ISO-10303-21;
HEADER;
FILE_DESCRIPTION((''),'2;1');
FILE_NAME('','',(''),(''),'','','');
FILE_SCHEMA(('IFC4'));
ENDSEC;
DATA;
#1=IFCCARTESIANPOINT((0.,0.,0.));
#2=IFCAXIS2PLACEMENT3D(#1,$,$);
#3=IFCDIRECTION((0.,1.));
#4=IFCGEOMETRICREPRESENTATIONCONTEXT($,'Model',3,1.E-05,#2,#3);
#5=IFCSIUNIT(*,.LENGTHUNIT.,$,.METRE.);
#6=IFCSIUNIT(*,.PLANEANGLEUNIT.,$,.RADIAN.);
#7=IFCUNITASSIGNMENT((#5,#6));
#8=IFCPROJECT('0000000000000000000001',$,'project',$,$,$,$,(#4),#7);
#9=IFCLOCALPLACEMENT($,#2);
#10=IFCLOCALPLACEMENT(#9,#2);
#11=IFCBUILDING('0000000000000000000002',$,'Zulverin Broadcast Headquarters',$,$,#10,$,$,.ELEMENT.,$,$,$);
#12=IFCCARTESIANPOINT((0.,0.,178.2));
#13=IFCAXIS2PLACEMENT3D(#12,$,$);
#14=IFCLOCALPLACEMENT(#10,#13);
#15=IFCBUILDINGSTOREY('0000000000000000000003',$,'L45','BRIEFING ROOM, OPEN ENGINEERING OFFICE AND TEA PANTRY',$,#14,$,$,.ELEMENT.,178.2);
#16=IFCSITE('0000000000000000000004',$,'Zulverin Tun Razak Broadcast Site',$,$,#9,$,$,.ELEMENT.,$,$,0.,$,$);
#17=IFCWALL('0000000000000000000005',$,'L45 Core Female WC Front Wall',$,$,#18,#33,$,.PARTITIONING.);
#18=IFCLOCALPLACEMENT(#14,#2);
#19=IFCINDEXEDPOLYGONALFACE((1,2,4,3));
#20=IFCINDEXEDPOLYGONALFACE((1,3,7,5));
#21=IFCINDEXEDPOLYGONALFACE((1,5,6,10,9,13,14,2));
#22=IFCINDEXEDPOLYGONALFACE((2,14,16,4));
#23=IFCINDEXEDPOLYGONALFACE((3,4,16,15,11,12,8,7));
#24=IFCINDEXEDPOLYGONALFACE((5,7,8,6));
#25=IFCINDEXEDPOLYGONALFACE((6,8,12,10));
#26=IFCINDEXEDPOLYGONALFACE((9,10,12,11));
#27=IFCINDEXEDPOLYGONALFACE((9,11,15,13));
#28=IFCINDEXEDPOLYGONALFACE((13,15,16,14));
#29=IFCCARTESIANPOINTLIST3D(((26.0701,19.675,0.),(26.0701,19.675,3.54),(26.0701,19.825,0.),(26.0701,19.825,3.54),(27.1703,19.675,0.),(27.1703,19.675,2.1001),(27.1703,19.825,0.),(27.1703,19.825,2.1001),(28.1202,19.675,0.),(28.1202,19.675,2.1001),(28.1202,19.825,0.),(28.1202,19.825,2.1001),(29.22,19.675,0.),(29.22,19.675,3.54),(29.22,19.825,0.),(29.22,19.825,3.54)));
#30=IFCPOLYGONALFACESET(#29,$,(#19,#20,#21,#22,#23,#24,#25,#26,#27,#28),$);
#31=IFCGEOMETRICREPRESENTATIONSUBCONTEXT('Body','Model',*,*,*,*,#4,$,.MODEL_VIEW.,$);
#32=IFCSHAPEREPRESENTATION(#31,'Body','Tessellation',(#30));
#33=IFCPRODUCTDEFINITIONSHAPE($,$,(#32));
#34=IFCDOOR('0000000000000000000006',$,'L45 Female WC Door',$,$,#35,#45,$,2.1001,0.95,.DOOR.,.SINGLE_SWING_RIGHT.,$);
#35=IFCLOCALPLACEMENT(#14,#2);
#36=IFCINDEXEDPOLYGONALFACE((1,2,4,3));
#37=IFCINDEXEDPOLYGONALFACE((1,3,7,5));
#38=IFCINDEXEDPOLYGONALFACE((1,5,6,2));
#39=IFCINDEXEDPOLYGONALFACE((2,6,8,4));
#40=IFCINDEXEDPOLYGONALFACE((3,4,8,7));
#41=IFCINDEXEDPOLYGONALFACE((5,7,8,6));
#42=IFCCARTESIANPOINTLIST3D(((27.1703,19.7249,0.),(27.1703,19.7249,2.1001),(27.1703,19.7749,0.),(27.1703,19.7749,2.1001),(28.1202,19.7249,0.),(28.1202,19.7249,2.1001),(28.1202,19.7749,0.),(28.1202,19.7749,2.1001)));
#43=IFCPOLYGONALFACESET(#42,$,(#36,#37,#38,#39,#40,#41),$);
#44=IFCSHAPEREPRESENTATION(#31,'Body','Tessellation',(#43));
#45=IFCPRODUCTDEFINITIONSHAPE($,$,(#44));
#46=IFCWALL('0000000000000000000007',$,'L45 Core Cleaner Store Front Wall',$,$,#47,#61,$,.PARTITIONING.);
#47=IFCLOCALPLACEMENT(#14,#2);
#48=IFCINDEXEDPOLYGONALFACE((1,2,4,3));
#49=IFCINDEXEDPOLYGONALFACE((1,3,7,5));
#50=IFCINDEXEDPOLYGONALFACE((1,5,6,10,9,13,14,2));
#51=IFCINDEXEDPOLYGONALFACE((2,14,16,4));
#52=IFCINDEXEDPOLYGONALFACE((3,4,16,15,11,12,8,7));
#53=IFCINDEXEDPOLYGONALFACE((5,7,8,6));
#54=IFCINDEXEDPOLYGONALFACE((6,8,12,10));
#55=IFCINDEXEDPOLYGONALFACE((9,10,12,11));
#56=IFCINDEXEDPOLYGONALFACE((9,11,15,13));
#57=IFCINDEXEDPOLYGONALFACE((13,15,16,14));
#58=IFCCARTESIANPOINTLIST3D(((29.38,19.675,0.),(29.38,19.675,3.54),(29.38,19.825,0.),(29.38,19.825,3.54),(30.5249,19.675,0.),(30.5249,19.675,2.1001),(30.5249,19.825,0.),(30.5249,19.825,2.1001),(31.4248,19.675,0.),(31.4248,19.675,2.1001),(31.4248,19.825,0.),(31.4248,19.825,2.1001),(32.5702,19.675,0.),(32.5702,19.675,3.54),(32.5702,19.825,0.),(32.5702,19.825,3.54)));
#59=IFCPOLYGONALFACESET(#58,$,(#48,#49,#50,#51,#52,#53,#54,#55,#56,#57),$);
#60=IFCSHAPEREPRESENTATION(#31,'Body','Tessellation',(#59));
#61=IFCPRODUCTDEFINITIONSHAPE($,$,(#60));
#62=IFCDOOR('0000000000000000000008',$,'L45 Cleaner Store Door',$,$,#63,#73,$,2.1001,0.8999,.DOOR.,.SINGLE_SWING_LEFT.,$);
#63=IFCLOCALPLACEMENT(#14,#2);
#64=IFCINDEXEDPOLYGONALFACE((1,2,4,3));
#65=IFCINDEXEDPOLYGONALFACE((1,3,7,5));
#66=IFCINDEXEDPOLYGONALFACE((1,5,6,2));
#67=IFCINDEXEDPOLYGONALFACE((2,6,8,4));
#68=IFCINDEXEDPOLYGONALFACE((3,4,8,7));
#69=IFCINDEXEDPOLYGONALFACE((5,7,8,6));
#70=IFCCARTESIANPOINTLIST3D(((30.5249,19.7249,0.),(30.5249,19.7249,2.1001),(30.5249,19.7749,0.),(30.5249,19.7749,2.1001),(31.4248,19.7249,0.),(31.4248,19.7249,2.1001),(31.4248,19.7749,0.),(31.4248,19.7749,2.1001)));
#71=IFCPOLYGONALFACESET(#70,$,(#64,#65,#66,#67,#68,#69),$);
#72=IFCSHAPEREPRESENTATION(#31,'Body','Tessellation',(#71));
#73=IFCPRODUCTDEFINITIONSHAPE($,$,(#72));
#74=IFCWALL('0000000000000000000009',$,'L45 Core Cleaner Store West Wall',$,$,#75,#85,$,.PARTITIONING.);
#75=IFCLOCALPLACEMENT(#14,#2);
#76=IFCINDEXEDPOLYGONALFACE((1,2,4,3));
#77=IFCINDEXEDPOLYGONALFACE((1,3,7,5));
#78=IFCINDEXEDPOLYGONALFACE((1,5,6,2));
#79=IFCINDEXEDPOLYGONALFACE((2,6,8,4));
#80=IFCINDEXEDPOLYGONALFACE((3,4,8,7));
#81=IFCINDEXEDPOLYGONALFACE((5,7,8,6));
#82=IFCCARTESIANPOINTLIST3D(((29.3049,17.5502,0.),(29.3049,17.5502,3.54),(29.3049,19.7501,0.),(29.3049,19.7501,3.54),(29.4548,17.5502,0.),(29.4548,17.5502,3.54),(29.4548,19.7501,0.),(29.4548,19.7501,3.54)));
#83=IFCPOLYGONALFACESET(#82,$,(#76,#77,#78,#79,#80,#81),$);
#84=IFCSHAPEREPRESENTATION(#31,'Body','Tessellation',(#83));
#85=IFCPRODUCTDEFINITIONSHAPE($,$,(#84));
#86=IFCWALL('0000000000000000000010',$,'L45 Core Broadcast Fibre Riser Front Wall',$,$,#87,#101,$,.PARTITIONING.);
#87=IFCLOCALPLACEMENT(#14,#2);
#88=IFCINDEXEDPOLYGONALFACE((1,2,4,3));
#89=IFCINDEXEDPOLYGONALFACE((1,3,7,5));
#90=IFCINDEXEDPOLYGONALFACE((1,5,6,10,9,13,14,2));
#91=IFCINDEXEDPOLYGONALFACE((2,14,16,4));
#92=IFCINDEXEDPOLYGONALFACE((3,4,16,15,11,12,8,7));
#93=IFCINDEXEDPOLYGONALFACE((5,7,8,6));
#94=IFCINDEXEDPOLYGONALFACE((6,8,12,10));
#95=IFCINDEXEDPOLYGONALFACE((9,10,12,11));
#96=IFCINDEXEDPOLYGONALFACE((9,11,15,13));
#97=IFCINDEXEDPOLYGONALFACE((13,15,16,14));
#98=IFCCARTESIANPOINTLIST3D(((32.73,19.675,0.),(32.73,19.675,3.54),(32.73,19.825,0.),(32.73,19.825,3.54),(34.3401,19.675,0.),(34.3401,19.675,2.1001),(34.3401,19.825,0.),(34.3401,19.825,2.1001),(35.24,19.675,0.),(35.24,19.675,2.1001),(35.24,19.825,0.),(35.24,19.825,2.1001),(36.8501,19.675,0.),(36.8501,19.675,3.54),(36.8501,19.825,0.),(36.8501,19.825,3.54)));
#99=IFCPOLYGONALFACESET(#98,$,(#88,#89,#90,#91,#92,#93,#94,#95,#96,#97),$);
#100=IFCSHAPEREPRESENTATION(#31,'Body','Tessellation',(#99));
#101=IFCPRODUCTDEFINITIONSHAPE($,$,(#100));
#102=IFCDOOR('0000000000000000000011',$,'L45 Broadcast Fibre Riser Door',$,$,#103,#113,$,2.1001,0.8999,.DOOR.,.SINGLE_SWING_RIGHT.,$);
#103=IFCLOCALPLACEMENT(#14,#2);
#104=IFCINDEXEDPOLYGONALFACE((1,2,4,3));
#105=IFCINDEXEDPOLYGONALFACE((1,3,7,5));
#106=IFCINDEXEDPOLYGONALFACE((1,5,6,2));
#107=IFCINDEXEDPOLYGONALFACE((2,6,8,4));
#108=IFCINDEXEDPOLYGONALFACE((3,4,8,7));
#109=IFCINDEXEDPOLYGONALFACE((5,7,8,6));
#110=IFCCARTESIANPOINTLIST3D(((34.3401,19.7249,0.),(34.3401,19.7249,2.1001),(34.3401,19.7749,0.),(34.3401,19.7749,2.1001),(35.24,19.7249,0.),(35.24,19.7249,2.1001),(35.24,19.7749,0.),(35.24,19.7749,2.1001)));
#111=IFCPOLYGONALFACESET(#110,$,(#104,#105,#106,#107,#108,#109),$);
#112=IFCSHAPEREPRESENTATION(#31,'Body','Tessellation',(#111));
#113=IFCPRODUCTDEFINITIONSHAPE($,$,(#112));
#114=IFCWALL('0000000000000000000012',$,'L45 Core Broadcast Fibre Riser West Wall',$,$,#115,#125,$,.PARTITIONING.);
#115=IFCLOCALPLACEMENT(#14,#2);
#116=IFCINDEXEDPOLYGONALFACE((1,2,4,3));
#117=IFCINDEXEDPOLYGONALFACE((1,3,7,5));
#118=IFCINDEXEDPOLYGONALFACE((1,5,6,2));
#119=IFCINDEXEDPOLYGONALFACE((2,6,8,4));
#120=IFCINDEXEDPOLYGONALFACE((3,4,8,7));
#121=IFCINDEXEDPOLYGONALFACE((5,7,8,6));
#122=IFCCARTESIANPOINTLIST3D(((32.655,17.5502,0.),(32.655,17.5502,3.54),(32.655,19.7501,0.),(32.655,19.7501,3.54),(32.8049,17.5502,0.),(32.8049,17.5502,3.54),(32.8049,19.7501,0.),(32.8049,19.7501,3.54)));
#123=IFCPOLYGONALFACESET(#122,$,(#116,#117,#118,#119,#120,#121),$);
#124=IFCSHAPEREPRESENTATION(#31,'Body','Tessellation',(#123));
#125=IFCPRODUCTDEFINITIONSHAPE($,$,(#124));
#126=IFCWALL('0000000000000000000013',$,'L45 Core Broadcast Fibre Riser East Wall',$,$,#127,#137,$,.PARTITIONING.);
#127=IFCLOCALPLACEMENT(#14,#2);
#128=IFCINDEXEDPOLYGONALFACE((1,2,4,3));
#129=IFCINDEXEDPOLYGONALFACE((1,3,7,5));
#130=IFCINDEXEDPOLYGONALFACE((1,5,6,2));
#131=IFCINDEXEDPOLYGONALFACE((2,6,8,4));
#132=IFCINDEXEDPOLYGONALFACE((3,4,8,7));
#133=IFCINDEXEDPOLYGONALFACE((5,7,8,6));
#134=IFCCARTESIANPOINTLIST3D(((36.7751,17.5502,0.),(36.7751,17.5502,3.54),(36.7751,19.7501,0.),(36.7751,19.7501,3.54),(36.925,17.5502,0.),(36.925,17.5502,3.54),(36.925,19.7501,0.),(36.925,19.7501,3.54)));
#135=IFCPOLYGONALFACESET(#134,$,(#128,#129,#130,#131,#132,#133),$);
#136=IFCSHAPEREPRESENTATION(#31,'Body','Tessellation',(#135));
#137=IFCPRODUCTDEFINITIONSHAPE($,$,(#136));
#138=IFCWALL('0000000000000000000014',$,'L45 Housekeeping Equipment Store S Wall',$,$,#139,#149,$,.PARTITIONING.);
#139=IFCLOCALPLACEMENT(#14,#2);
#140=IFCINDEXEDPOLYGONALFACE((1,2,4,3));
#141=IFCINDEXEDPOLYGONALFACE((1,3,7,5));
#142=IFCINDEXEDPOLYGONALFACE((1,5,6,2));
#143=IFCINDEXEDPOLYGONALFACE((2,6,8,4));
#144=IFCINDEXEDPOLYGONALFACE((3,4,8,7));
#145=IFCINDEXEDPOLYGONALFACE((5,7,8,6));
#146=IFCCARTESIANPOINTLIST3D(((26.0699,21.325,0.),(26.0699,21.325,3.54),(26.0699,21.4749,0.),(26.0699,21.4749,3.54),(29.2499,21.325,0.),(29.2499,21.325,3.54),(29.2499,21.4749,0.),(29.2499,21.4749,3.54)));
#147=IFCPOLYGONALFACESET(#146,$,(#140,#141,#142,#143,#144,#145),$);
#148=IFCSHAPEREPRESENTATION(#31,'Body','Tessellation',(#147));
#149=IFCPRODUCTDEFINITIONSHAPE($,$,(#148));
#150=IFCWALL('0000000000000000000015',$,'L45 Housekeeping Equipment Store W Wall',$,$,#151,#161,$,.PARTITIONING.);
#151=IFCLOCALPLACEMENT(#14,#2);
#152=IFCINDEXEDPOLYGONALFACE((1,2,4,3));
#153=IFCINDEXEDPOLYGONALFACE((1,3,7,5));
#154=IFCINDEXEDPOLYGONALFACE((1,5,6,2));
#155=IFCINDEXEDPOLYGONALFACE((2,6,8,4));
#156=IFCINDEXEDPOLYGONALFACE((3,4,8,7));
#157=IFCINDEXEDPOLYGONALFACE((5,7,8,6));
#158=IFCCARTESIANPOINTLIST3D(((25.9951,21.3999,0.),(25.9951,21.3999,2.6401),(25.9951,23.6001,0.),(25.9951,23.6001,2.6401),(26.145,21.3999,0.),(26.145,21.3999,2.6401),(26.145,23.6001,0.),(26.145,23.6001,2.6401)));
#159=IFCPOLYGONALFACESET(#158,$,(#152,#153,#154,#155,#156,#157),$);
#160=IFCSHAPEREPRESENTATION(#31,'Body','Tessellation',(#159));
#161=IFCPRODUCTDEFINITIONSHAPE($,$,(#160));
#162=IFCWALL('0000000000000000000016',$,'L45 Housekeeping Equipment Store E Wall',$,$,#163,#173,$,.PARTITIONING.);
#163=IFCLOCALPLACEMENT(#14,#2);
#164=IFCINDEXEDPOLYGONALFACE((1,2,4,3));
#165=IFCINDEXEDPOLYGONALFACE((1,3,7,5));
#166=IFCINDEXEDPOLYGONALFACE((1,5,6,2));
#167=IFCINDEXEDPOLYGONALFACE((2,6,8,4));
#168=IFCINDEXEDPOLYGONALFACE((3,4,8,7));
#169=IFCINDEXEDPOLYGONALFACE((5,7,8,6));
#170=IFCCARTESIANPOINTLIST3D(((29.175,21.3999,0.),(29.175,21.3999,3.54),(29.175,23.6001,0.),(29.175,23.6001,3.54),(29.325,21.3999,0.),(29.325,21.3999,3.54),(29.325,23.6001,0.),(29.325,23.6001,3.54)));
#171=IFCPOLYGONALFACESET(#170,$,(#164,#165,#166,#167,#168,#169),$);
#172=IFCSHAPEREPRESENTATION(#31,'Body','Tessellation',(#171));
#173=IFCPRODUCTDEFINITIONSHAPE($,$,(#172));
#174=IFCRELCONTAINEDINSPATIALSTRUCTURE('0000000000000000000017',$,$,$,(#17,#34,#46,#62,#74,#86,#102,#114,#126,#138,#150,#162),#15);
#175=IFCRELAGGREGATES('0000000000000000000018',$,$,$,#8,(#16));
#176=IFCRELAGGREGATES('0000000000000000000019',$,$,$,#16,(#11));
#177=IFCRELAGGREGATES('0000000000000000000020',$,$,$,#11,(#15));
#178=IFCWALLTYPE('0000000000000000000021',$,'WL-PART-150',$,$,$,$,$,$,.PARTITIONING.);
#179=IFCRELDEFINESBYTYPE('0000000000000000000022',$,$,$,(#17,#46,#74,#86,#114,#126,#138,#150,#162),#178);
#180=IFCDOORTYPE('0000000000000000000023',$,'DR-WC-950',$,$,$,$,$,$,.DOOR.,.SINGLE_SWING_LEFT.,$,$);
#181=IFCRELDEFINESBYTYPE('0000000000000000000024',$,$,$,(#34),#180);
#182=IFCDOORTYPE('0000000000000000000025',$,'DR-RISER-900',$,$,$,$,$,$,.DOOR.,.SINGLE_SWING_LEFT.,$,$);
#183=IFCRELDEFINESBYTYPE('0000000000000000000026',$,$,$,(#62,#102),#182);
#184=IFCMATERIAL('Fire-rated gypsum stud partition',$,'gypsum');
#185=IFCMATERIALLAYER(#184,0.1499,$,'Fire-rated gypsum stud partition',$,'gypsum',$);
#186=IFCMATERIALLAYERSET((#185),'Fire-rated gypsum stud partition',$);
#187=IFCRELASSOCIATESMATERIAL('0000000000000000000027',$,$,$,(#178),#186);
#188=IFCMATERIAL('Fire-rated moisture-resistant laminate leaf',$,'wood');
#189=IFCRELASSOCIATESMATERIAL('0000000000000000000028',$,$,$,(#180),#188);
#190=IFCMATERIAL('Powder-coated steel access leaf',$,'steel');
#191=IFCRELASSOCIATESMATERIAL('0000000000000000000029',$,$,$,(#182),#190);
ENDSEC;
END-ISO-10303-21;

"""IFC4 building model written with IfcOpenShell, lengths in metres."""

from ifc_helpers import new_model, si_unit, direction, frame, frame_2d, origin, place, context, subcontext, project, spatial, rectangle, extrude, material, layer, layer_set, type_object, element, fill, save


model = new_model("IFC4")

# Units and contexts
model_context = context("Model", 3, precision=1e-05, world=origin(), true_north=direction((0.0, 1.0)))
body_context = subcontext(model_context, "Body", "Model", "MODEL_VIEW")
ifc_project = project(units=[si_unit("LENGTHUNIT", "METRE"), si_unit("PLANEANGLEUNIT", "RADIAN")], contexts=[model_context])

# Site, building, storey
site_placement = place(None, origin())
site = spatial("IfcSite", under=ifc_project, at=site_placement, Name="Zulverin Tun Razak Broadcast Site", CompositionType="ELEMENT", RefElevation=0.0)
building_placement = place(site_placement, origin())
building = spatial("IfcBuilding", under=site, at=building_placement, Name="Zulverin Broadcast Headquarters", CompositionType="ELEMENT")
storey_placement = place(building_placement, frame((0.0, 0.0, 178.2)))
storey = spatial("IfcBuildingStorey", under=building, at=storey_placement, Name="L45", Description="BRIEFING ROOM, OPEN ENGINEERING OFFICE AND TEA PANTRY", CompositionType="ELEMENT", Elevation=178.2)

# Walls, openings, doors
ifc_material_1 = material(Name="Fire-rated gypsum stud partition", Category="gypsum")
ifc_layer_1 = layer(ifc_material_1, 0.1499, Name="Fire-rated gypsum stud partition", Category="gypsum")
ifc_layer_set_1 = layer_set([ifc_layer_1], Name="Fire-rated gypsum stud partition")
wall_type_1 = type_object("IfcWallType", Name="WL-PART-150", PredefinedType="PARTITIONING", material=ifc_layer_set_1)
wall_1_placement = place(storey_placement, frame((26.0701, 19.75, 0.0), z_axis=(0.0, 0.0, 1.0), x_axis=(1.0, 0.0, 0.0)))
wall_1 = element("IfcWall", 1, at=wall_1_placement, inside=storey, type_object=wall_type_1, Name="L45 Core Female WC Front Wall", PredefinedType="PARTITIONING", context=body_context, shape_type="SweptSolid", body=[
    extrude(rectangle(XDim=3.1499, YDim=0.1499, at=frame_2d((1.575, 0.0))), origin(), (0.0, 0.0, 1.0), 3.54),
])
opening_1_placement = place(wall_1_placement, frame((1.1001, 0.0, 0.0)))
opening_1 = element("IfcOpeningElement", 2, at=opening_1_placement, cuts=wall_1, PredefinedType="OPENING", context=body_context, shape_type="SweptSolid", body=[
    extrude(rectangle(XDim=0.95, YDim=2.1001, at=frame_2d((0.4751, 1.05))), frame((0.0, 0.085, 0.0), z_axis=(0.0, -1.0, 0.0), x_axis=(1.0, 0.0, 0.0)), (0.0, 0.0, 1.0), 0.1699),
])
ifc_material_2 = material(Name="Fire-rated moisture-resistant laminate leaf", Category="wood")
door_type_1 = type_object("IfcDoorType", Name="DR-WC-950", OperationType="SINGLE_SWING_LEFT", PredefinedType="DOOR", material=ifc_material_2)
door_1_placement = place(opening_1_placement, origin())
door_1 = element("IfcDoor", 3, at=door_1_placement, inside=storey, type_object=door_type_1, Name="L45 Female WC Door", OperationType="SINGLE_SWING_RIGHT", OverallHeight=2.1001, OverallWidth=0.95, PredefinedType="DOOR", context=body_context, shape_type="SweptSolid", body=[
    extrude(rectangle(XDim=0.95, YDim=2.1001, at=frame_2d((0.4751, 1.05))), frame((0.0, 0.0249, 0.0), z_axis=(0.0, -1.0, 0.0), x_axis=(1.0, 0.0, 0.0)), (0.0, 0.0, 1.0), 0.05),
])
fill(opening_1, door_1)
wall_2_placement = place(storey_placement, frame((29.3799, 19.75, 0.0), z_axis=(0.0, 0.0, 1.0), x_axis=(1.0, 0.0, 0.0)))
wall_2 = element("IfcWall", 4, at=wall_2_placement, inside=storey, type_object=wall_type_1, Name="L45 Core Cleaner Store Front Wall", PredefinedType="PARTITIONING", context=body_context, shape_type="SweptSolid", body=[
    extrude(rectangle(XDim=3.1902, YDim=0.1499, at=frame_2d((1.5952, 0.0))), origin(), (0.0, 0.0, 1.0), 3.54),
])
opening_2_placement = place(wall_2_placement, frame((1.145, 0.0, 0.0)))
opening_2 = element("IfcOpeningElement", 5, at=opening_2_placement, cuts=wall_2, PredefinedType="OPENING", context=body_context, shape_type="SweptSolid", body=[
    extrude(rectangle(XDim=0.8999, YDim=2.1001, at=frame_2d((0.45, 1.05))), frame((0.0, 0.085, 0.0), z_axis=(0.0, -1.0, 0.0), x_axis=(1.0, 0.0, 0.0)), (0.0, 0.0, 1.0), 0.1699),
])
ifc_material_3 = material(Name="Powder-coated steel access leaf", Category="steel")
door_type_2 = type_object("IfcDoorType", Name="DR-RISER-900", OperationType="SINGLE_SWING_LEFT", PredefinedType="DOOR", material=ifc_material_3)
door_2_placement = place(opening_2_placement, origin())
door_2 = element("IfcDoor", 6, at=door_2_placement, inside=storey, type_object=door_type_2, Name="L45 Cleaner Store Door", OperationType="SINGLE_SWING_LEFT", OverallHeight=2.1001, OverallWidth=0.8999, PredefinedType="DOOR", context=body_context, shape_type="SweptSolid", body=[
    extrude(rectangle(XDim=0.8999, YDim=2.1001, at=frame_2d((0.45, 1.05))), frame((0.0, 0.0249, 0.0), z_axis=(0.0, -1.0, 0.0), x_axis=(1.0, 0.0, 0.0)), (0.0, 0.0, 1.0), 0.05),
])
fill(opening_2, door_2)

# Wall
wall_3_placement = place(storey_placement, frame((29.3799, 17.55, 0.0), z_axis=(0.0, 0.0, 1.0), x_axis=(0.0, 1.0, 0.0)))
element("IfcWall", 7, at=wall_3_placement, inside=storey, type_object=wall_type_1, Name="L45 Core Cleaner Store West Wall", PredefinedType="PARTITIONING", context=body_context, shape_type="SweptSolid", body=[
    extrude(rectangle(XDim=2.2, YDim=0.1499, at=frame_2d((1.1001, 0.0))), origin(), (0.0, 0.0, 1.0), 3.54),
])

# Wall, opening, door
wall_4_placement = place(storey_placement, frame((32.73, 19.75, 0.0), z_axis=(0.0, 0.0, 1.0), x_axis=(1.0, 0.0, 0.0)))
wall_4 = element("IfcWall", 8, at=wall_4_placement, inside=storey, type_object=wall_type_1, Name="L45 Core Broadcast Fibre Riser Front Wall", PredefinedType="PARTITIONING", context=body_context, shape_type="SweptSolid", body=[
    extrude(rectangle(XDim=4.1201, YDim=0.1499, at=frame_2d((2.0601, 0.0))), origin(), (0.0, 0.0, 1.0), 3.54),
])
opening_3_placement = place(wall_4_placement, frame((1.6101, 0.0, 0.0)))
opening_3 = element("IfcOpeningElement", 9, at=opening_3_placement, cuts=wall_4, PredefinedType="OPENING", context=body_context, shape_type="SweptSolid", body=[
    extrude(rectangle(XDim=0.8999, YDim=2.1001, at=frame_2d((0.45, 1.05))), frame((0.0, 0.085, 0.0), z_axis=(0.0, -1.0, 0.0), x_axis=(1.0, 0.0, 0.0)), (0.0, 0.0, 1.0), 0.1699),
])
door_3_placement = place(opening_3_placement, origin())
door_3 = element("IfcDoor", 10, at=door_3_placement, inside=storey, type_object=door_type_2, Name="L45 Broadcast Fibre Riser Door", OperationType="SINGLE_SWING_RIGHT", OverallHeight=2.1001, OverallWidth=0.8999, PredefinedType="DOOR", context=body_context, shape_type="SweptSolid", body=[
    extrude(rectangle(XDim=0.8999, YDim=2.1001, at=frame_2d((0.45, 1.05))), frame((0.0, 0.0249, 0.0), z_axis=(0.0, -1.0, 0.0), x_axis=(1.0, 0.0, 0.0)), (0.0, 0.0, 1.0), 0.05),
])
fill(opening_3, door_3)

# Walls
for number, where, z_axis, x_axis, name in (
    (11, (32.73, 17.55, 0.0), (0.0, 0.0, 1.0), (0.0, 1.0, 0.0), "L45 Core Broadcast Fibre Riser West Wall"),
    (12, (36.8501, 17.55, 0.0), (0.0, 0.0, 1.0), (0.0, 1.0, 0.0), "L45 Core Broadcast Fibre Riser East Wall"),
):
    element("IfcWall", number, at=place(storey_placement, frame(where, z_axis=z_axis, x_axis=x_axis)), inside=storey, type_object=wall_type_1, Name=name, PredefinedType="PARTITIONING", context=body_context, shape_type="SweptSolid", body=[
        extrude(rectangle(XDim=2.2, YDim=0.1499, at=frame_2d((1.1001, 0.0))), origin(), (0.0, 0.0, 1.0), 3.54),
    ])
wall_5_placement = place(storey_placement, frame((26.0701, 21.3999, 0.0), z_axis=(0.0, 0.0, 1.0), x_axis=(1.0, 0.0, 0.0)))
element("IfcWall", 13, at=wall_5_placement, inside=storey, type_object=wall_type_1, Name="L45 Housekeeping Equipment Store S Wall", PredefinedType="PARTITIONING", context=body_context, shape_type="SweptSolid", body=[
    extrude(rectangle(XDim=3.1799, YDim=0.1499, at=frame_2d((1.5898, 0.0))), origin(), (0.0, 0.0, 1.0), 3.54),
])
wall_6_placement = place(storey_placement, frame((26.0701, 21.3999, 0.0), z_axis=(0.0, 0.0, 1.0), x_axis=(0.0, 1.0, 0.0)))
element("IfcWall", 14, at=wall_6_placement, inside=storey, type_object=wall_type_1, Name="L45 Housekeeping Equipment Store W Wall", PredefinedType="PARTITIONING", context=body_context, shape_type="SweptSolid", body=[
    extrude(rectangle(XDim=2.2002, YDim=0.1499, at=frame_2d((1.1001, 0.0))), origin(), (0.0, 0.0, 1.0), 2.6401),
])
wall_7_placement = place(storey_placement, frame((29.25, 21.3999, 0.0), z_axis=(0.0, 0.0, 1.0), x_axis=(0.0, 1.0, 0.0)))
element("IfcWall", 15, at=wall_7_placement, inside=storey, type_object=wall_type_1, Name="L45 Housekeeping Equipment Store E Wall", PredefinedType="PARTITIONING", context=body_context, shape_type="SweptSolid", body=[
    extrude(rectangle(XDim=2.2002, YDim=0.1499, at=frame_2d((1.1001, 0.0))), origin(), (0.0, 0.0, 1.0), 3.54),
])

save(model, "model.ifc")
